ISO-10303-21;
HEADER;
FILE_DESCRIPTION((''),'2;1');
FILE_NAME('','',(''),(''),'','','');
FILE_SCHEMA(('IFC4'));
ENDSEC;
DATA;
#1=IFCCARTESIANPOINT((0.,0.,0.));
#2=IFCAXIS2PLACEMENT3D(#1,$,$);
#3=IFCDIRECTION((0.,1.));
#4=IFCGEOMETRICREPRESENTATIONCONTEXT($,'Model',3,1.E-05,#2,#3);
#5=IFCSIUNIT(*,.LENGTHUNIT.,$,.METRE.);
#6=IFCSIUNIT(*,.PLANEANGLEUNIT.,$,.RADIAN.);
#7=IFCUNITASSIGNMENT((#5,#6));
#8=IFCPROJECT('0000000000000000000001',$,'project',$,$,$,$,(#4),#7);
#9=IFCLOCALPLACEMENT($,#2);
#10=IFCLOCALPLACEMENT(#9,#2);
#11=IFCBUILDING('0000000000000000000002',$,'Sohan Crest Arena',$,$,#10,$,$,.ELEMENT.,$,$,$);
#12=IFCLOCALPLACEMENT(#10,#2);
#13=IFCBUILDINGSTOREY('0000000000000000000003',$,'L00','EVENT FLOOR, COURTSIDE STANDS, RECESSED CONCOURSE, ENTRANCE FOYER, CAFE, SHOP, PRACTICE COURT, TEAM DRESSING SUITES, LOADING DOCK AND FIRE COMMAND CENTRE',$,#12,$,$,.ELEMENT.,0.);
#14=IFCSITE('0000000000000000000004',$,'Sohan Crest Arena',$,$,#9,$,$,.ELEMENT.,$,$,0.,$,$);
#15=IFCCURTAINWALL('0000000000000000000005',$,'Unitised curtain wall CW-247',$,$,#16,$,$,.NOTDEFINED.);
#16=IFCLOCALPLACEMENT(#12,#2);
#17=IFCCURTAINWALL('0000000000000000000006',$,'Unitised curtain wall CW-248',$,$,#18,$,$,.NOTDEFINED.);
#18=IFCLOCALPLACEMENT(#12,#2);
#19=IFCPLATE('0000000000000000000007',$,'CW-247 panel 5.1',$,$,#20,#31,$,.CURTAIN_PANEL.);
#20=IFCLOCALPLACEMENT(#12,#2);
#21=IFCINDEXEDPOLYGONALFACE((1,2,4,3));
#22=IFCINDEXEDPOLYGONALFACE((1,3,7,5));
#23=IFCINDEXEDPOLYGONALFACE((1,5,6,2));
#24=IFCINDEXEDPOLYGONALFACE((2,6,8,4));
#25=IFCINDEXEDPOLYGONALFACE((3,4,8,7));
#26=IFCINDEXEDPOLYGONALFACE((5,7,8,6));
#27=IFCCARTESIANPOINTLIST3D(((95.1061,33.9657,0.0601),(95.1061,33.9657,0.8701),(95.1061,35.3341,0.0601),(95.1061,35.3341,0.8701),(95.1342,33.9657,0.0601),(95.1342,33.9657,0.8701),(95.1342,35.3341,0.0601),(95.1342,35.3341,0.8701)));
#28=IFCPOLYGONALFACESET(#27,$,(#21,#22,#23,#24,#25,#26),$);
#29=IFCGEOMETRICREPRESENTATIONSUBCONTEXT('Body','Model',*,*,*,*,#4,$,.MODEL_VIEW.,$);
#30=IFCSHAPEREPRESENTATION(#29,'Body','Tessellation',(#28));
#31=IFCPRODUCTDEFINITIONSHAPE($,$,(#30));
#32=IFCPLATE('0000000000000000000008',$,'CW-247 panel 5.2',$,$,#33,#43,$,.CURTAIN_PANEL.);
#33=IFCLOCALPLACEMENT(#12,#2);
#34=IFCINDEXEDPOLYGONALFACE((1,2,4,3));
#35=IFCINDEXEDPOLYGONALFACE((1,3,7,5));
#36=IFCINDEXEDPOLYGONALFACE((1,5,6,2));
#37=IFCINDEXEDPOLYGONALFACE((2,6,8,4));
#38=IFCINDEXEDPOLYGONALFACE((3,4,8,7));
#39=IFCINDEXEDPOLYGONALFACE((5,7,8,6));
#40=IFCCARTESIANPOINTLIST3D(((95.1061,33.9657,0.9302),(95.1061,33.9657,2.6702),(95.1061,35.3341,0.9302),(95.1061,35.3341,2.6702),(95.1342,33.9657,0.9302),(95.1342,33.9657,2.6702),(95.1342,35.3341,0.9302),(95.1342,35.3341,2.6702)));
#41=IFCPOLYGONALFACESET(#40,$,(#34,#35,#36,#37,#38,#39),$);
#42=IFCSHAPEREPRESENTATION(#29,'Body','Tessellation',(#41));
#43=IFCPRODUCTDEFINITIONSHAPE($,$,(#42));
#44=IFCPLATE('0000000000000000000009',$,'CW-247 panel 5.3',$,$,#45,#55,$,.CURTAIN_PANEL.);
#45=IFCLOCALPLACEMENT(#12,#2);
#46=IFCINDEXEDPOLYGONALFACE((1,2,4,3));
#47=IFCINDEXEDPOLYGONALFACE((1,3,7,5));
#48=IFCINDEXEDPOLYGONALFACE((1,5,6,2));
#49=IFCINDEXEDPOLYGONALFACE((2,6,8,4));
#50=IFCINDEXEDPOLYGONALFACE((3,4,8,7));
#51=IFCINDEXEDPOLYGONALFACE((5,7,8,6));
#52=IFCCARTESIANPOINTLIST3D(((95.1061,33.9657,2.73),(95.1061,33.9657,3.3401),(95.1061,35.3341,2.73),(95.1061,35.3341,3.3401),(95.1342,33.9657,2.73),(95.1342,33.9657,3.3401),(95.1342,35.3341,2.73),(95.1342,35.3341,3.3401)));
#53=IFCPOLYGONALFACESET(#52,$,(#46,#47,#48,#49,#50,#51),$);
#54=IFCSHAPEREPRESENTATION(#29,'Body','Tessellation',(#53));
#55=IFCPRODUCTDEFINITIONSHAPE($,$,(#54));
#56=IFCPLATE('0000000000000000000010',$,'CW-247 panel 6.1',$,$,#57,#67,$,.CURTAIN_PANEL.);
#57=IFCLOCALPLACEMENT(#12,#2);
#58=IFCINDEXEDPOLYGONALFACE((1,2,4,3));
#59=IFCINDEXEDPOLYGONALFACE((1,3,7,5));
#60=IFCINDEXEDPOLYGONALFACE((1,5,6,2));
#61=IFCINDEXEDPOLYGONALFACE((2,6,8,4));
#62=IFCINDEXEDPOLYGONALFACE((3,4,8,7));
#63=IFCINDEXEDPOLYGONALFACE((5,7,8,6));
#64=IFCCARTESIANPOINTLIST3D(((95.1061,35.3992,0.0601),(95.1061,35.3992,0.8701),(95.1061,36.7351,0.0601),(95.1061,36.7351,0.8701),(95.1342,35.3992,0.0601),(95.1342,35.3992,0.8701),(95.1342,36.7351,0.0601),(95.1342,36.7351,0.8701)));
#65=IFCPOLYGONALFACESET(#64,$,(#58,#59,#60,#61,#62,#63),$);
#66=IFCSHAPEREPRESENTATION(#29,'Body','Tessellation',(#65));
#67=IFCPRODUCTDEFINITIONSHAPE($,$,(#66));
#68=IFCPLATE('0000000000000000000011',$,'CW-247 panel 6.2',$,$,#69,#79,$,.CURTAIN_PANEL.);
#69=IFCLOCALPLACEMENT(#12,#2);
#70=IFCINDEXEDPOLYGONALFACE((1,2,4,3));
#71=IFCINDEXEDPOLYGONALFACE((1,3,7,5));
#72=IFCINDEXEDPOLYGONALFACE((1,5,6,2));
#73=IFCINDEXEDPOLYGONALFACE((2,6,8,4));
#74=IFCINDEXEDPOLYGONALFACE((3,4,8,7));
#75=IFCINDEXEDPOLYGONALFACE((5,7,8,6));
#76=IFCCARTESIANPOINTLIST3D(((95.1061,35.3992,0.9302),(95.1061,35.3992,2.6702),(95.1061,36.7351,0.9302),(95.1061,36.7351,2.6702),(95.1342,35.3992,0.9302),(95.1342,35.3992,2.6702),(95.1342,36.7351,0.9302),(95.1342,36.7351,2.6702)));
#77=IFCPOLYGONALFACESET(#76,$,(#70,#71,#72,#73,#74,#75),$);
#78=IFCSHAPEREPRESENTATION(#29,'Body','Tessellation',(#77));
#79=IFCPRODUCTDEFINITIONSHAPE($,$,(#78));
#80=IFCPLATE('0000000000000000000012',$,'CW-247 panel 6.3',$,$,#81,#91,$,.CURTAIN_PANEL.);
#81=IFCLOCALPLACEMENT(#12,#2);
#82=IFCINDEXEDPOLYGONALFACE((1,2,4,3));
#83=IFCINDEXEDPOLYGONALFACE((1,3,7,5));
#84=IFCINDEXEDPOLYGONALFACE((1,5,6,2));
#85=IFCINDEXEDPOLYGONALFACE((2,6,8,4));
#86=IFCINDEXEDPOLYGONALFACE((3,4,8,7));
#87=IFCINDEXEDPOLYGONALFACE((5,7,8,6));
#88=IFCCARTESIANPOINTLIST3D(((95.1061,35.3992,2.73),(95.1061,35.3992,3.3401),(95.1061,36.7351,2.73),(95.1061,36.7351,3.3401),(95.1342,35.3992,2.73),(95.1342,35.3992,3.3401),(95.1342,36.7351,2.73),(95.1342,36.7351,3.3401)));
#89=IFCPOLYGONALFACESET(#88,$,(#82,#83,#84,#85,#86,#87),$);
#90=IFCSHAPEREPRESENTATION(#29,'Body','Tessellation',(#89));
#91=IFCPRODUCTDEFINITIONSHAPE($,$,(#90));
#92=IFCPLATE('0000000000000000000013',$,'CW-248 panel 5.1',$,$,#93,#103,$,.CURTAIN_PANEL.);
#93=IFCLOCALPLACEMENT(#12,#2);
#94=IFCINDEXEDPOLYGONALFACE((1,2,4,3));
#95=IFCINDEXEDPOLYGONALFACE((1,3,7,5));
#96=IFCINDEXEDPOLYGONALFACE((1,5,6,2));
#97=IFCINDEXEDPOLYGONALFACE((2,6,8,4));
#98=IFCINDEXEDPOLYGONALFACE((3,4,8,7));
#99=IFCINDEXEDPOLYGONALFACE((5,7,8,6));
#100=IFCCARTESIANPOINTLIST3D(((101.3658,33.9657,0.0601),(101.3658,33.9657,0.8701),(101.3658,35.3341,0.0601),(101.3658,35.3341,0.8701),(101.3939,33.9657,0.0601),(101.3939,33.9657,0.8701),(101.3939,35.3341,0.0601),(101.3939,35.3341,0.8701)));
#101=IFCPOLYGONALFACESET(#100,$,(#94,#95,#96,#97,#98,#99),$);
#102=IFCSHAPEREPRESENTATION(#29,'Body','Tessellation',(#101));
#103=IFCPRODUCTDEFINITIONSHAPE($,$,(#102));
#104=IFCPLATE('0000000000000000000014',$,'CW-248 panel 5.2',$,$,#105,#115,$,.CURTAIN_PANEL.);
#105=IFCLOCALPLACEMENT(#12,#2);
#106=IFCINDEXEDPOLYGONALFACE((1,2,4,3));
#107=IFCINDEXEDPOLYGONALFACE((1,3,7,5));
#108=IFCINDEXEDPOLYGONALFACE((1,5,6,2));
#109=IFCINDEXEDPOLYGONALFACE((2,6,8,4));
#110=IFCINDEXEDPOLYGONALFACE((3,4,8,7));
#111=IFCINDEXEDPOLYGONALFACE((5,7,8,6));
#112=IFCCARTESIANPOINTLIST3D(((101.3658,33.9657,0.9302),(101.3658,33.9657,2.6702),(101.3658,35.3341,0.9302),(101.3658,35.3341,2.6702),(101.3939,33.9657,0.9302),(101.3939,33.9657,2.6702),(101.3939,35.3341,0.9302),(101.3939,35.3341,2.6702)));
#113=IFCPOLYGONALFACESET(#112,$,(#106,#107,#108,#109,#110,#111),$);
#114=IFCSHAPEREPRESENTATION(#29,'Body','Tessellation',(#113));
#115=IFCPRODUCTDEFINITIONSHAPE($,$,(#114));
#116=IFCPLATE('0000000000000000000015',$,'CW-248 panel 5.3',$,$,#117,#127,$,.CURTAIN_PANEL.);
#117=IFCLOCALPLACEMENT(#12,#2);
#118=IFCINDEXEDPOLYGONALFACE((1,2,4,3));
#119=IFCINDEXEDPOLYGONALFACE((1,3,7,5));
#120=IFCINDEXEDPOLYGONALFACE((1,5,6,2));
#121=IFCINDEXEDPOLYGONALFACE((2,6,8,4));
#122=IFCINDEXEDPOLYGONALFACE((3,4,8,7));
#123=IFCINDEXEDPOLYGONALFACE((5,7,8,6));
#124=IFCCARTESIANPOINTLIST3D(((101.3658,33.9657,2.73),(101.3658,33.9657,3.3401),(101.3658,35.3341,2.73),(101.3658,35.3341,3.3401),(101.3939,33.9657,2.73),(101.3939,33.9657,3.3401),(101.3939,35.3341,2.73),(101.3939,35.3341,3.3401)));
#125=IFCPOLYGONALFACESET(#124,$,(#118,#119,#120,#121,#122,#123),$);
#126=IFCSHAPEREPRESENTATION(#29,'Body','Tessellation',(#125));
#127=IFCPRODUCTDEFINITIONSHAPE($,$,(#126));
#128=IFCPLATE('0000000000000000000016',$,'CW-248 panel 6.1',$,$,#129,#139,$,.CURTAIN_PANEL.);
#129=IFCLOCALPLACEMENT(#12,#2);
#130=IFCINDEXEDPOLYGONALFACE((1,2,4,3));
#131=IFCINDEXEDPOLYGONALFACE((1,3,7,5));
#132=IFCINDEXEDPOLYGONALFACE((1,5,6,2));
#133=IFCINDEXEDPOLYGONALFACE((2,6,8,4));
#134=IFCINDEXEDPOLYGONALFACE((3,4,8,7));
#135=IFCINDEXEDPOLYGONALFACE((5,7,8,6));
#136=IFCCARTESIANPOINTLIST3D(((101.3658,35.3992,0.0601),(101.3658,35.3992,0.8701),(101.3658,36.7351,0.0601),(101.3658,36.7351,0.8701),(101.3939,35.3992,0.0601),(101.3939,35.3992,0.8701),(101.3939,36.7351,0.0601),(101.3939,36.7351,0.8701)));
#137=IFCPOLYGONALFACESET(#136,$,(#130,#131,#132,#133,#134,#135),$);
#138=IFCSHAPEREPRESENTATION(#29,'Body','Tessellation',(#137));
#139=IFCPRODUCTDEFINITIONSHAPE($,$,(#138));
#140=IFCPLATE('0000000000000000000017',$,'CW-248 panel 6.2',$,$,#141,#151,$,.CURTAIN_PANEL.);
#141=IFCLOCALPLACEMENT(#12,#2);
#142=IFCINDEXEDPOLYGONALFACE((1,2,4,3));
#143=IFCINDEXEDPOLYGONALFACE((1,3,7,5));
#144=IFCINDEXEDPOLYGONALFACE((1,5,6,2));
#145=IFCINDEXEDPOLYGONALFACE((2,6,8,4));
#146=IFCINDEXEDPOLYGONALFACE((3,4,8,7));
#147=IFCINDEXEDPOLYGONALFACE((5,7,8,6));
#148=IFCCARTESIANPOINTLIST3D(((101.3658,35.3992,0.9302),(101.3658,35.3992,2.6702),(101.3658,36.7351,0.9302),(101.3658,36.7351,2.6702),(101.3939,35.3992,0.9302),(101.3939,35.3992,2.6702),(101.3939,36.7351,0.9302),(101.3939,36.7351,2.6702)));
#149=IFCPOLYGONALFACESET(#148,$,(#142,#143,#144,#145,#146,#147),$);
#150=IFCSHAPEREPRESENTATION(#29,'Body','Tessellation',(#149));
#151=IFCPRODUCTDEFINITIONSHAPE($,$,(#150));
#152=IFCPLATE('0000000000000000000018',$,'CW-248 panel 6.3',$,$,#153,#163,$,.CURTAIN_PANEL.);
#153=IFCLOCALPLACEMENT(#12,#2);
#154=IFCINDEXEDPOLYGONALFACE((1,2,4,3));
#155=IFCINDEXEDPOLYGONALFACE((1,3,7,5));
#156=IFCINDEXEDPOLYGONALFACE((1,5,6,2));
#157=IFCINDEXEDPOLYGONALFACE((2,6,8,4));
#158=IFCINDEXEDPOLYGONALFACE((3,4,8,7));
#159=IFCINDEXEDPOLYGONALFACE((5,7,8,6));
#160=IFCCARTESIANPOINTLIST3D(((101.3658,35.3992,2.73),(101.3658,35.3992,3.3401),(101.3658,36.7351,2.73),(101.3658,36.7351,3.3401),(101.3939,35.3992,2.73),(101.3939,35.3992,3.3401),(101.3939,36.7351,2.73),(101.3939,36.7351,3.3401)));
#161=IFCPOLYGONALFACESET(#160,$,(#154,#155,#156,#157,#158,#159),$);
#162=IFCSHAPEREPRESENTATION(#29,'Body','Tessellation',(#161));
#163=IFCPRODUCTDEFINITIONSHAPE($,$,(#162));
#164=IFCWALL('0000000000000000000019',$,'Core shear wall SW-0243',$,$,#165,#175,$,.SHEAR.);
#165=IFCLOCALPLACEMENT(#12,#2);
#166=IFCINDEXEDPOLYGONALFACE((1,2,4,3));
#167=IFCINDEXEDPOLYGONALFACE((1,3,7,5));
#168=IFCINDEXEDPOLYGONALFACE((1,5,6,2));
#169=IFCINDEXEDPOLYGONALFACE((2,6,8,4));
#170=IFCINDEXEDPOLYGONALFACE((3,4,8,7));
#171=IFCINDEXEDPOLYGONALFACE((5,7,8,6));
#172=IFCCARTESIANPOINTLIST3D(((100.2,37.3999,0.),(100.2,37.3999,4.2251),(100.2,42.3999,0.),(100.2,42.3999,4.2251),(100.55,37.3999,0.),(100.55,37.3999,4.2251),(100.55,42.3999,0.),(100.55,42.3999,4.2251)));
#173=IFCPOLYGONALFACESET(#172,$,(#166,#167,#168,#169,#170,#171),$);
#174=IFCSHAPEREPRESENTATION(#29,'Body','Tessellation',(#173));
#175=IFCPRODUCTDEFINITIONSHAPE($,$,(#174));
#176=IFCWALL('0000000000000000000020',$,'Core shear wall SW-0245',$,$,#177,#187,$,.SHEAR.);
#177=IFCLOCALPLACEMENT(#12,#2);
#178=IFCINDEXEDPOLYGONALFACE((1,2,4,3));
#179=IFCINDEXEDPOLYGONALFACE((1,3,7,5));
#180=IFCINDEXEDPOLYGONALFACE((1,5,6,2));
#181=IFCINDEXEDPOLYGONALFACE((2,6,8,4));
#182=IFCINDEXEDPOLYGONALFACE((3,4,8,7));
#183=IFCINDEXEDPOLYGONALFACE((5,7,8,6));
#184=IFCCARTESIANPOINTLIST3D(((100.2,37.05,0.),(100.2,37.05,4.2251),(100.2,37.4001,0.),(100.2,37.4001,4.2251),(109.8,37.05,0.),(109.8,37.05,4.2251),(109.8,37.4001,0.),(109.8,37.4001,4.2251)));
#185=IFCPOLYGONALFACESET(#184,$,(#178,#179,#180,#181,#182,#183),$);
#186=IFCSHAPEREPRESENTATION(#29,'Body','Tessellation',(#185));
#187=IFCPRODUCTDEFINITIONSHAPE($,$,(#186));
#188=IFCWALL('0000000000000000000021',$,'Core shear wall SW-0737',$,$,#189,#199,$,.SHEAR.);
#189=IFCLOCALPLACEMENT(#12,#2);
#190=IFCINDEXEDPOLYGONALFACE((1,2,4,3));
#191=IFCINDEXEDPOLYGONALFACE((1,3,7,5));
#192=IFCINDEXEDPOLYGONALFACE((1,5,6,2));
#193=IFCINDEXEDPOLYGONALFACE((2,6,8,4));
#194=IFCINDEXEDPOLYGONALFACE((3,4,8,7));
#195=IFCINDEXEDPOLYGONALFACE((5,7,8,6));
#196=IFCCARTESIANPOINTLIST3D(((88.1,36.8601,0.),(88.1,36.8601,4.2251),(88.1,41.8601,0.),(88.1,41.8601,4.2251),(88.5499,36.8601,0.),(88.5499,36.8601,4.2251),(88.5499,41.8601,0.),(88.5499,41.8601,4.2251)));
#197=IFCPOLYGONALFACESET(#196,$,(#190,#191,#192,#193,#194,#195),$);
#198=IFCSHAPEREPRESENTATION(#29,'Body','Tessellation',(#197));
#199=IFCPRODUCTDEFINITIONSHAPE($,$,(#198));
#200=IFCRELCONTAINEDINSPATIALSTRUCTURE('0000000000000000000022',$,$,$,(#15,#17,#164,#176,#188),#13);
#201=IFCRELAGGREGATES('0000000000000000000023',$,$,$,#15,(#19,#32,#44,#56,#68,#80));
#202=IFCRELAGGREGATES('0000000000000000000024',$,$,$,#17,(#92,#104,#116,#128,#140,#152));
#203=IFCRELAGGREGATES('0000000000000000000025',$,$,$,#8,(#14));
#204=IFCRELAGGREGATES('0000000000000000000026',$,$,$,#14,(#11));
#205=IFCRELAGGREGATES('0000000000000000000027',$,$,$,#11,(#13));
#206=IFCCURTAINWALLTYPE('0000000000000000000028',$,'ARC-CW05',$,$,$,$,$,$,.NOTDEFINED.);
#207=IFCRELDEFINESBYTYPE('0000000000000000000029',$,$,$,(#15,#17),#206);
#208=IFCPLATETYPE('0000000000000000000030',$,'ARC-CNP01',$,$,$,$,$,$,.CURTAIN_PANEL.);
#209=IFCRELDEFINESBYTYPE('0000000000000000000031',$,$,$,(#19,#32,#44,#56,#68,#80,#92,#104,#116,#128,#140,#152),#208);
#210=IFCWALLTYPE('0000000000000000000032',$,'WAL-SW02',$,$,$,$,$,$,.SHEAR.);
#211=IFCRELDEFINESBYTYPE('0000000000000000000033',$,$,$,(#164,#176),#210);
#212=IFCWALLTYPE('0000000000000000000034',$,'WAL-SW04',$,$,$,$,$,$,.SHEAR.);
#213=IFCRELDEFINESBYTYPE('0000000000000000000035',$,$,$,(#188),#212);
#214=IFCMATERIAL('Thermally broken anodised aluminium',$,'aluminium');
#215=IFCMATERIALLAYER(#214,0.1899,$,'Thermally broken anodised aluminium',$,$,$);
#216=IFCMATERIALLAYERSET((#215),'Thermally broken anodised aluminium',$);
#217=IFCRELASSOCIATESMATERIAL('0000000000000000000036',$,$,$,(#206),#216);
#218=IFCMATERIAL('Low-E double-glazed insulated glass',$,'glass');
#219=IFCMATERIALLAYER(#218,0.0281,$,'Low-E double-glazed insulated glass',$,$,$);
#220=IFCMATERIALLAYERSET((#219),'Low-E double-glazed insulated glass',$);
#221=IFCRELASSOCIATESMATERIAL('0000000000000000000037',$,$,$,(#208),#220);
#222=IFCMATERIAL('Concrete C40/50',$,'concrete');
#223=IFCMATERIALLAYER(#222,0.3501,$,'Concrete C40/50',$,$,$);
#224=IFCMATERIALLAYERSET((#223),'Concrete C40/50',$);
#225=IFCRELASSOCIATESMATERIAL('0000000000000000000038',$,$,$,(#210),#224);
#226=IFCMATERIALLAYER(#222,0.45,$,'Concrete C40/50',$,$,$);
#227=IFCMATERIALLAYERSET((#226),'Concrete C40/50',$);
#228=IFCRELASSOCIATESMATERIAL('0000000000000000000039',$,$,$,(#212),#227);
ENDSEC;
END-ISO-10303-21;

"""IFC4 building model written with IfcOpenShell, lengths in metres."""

from ifc_helpers import new_model, si_unit, direction, frame, frame_2d, origin, origin_2d, place, context, subcontext, project, spatial, rectangle, extrude, material, layer, layer_set, type_object, element, aggregate, save


model = new_model("IFC4")

# Units and contexts
model_context = context("Model", 3, precision=1e-05, world=origin(), true_north=direction((0.0, 1.0)))
body_context = subcontext(model_context, "Body", "Model", "MODEL_VIEW")
ifc_project = project(units=[si_unit("LENGTHUNIT", "METRE"), si_unit("PLANEANGLEUNIT", "RADIAN")], contexts=[model_context])

# Site, building, storey
site_placement = place(None, origin())
site = spatial("IfcSite", under=ifc_project, at=site_placement, Name="Sohan Crest Arena", CompositionType="ELEMENT", RefElevation=0.0)
building_placement = place(site_placement, origin())
building = spatial("IfcBuilding", under=site, at=building_placement, Name="Sohan Crest Arena", CompositionType="ELEMENT")
storey_placement = place(building_placement, origin())
storey = spatial("IfcBuildingStorey", under=building, at=storey_placement, Name="L00", Description="EVENT FLOOR, COURTSIDE STANDS, RECESSED CONCOURSE, ENTRANCE FOYER, CAFE, SHOP, PRACTICE COURT, TEAM DRESSING SUITES, LOADING DOCK AND FIRE COMMAND CENTRE", CompositionType="ELEMENT", Elevation=0.0)

# Curtain walls
ifc_material_1 = material(Name="Thermally broken anodised aluminium", Category="aluminium")
ifc_layer_1 = layer(ifc_material_1, 0.1899, Name="Thermally broken anodised aluminium")
ifc_layer_set_1 = layer_set([ifc_layer_1], Name="Thermally broken anodised aluminium")
curtain_wall_type = type_object("IfcCurtainWallType", Name="ARC-CW05", PredefinedType="NOTDEFINED", material=ifc_layer_set_1)
curtain_wall_1_placement = place(storey_placement, origin())
curtain_wall_1 = element("IfcCurtainWall", 1, at=curtain_wall_1_placement, inside=storey, type_object=curtain_wall_type, Name="Unitised curtain wall CW-247", PredefinedType="NOTDEFINED")
curtain_wall_2_placement = place(storey_placement, origin())
curtain_wall_2 = element("IfcCurtainWall", 2, at=curtain_wall_2_placement, inside=storey, type_object=curtain_wall_type, Name="Unitised curtain wall CW-248", PredefinedType="NOTDEFINED")

# Plates
ifc_material_2 = material(Name="Low-E double-glazed insulated glass", Category="glass")
ifc_layer_2 = layer(ifc_material_2, 0.0281, Name="Low-E double-glazed insulated glass")
ifc_layer_set_2 = layer_set([ifc_layer_2], Name="Low-E double-glazed insulated glass")
plate_type = type_object("IfcPlateType", Name="ARC-CNP01", PredefinedType="CURTAIN_PANEL", material=ifc_layer_set_2)
plate_1_placement = place(storey_placement, frame((95.1201, 34.6499, 0.0601), z_axis=(0.0, 0.0, 1.0), x_axis=(0.0, 1.0, 0.0)))
plate_1 = element("IfcPlate", 3, at=plate_1_placement, type_object=plate_type, Name="CW-247 panel 5.1", PredefinedType="CURTAIN_PANEL", context=body_context, shape_type="SweptSolid", body=[
    extrude(rectangle(XDim=1.3684, YDim=0.0281, at=origin_2d()), origin(), (0.0, 0.0, 1.0), 0.8101),
])
plate_2_placement = place(storey_placement, frame((95.1201, 34.6499, 0.9302), z_axis=(0.0, 0.0, 1.0), x_axis=(0.0, 1.0, 0.0)))
plate_2 = element("IfcPlate", 4, at=plate_2_placement, type_object=plate_type, Name="CW-247 panel 5.2", PredefinedType="CURTAIN_PANEL", context=body_context, shape_type="SweptSolid", body=[
    extrude(rectangle(XDim=1.3684, YDim=0.0281, at=origin_2d()), origin(), (0.0, 0.0, 1.0), 1.74),
])
plate_3_placement = place(storey_placement, frame((95.1201, 34.6499, 2.73), z_axis=(0.0, 0.0, 1.0), x_axis=(0.0, 1.0, 0.0)))
plate_3 = element("IfcPlate", 5, at=plate_3_placement, type_object=plate_type, Name="CW-247 panel 5.3", PredefinedType="CURTAIN_PANEL", context=body_context, shape_type="SweptSolid", body=[
    extrude(rectangle(XDim=1.3684, YDim=0.0281, at=origin_2d()), origin(), (0.0, 0.0, 1.0), 0.6101),
])
plate_4_placement = place(storey_placement, frame((95.1201, 36.0671, 0.0601), z_axis=(0.0, 0.0, 1.0), x_axis=(0.0, 1.0, 0.0)))
plate_4 = element("IfcPlate", 6, at=plate_4_placement, type_object=plate_type, Name="CW-247 panel 6.1", PredefinedType="CURTAIN_PANEL", context=body_context, shape_type="SweptSolid", body=[
    extrude(rectangle(XDim=1.3359, YDim=0.0281, at=origin_2d()), origin(), (0.0, 0.0, 1.0), 0.8101),
])
plate_5_placement = place(storey_placement, frame((95.1201, 36.0671, 0.9302), z_axis=(0.0, 0.0, 1.0), x_axis=(0.0, 1.0, 0.0)))
plate_5 = element("IfcPlate", 7, at=plate_5_placement, type_object=plate_type, Name="CW-247 panel 6.2", PredefinedType="CURTAIN_PANEL", context=body_context, shape_type="SweptSolid", body=[
    extrude(rectangle(XDim=1.3359, YDim=0.0281, at=origin_2d()), origin(), (0.0, 0.0, 1.0), 1.74),
])
plate_6_placement = place(storey_placement, frame((95.1201, 36.0671, 2.73), z_axis=(0.0, 0.0, 1.0), x_axis=(0.0, 1.0, 0.0)))
plate_6 = element("IfcPlate", 8, at=plate_6_placement, type_object=plate_type, Name="CW-247 panel 6.3", PredefinedType="CURTAIN_PANEL", context=body_context, shape_type="SweptSolid", body=[
    extrude(rectangle(XDim=1.3359, YDim=0.0281, at=origin_2d()), origin(), (0.0, 0.0, 1.0), 0.6101),
])
aggregate(curtain_wall_1, [plate_1, plate_2, plate_3, plate_4, plate_5, plate_6])
plate_7_placement = place(storey_placement, frame((101.3799, 34.6499, 0.0601), z_axis=(0.0, 0.0, 1.0), x_axis=(0.0, 1.0, 0.0)))
plate_7 = element("IfcPlate", 9, at=plate_7_placement, type_object=plate_type, Name="CW-248 panel 5.1", PredefinedType="CURTAIN_PANEL", context=body_context, shape_type="SweptSolid", body=[
    extrude(rectangle(XDim=1.3684, YDim=0.0281, at=origin_2d()), origin(), (0.0, 0.0, 1.0), 0.8101),
])
plate_8_placement = place(storey_placement, frame((101.3799, 34.6499, 0.9302), z_axis=(0.0, 0.0, 1.0), x_axis=(0.0, 1.0, 0.0)))
plate_8 = element("IfcPlate", 10, at=plate_8_placement, type_object=plate_type, Name="CW-248 panel 5.2", PredefinedType="CURTAIN_PANEL", context=body_context, shape_type="SweptSolid", body=[
    extrude(rectangle(XDim=1.3684, YDim=0.0281, at=origin_2d()), origin(), (0.0, 0.0, 1.0), 1.74),
])
plate_9_placement = place(storey_placement, frame((101.3799, 34.6499, 2.73), z_axis=(0.0, 0.0, 1.0), x_axis=(0.0, 1.0, 0.0)))
plate_9 = element("IfcPlate", 11, at=plate_9_placement, type_object=plate_type, Name="CW-248 panel 5.3", PredefinedType="CURTAIN_PANEL", context=body_context, shape_type="SweptSolid", body=[
    extrude(rectangle(XDim=1.3684, YDim=0.0281, at=origin_2d()), origin(), (0.0, 0.0, 1.0), 0.6101),
])
plate_10_placement = place(storey_placement, frame((101.3799, 36.0671, 0.0601), z_axis=(0.0, 0.0, 1.0), x_axis=(0.0, 1.0, 0.0)))
plate_10 = element("IfcPlate", 12, at=plate_10_placement, type_object=plate_type, Name="CW-248 panel 6.1", PredefinedType="CURTAIN_PANEL", context=body_context, shape_type="SweptSolid", body=[
    extrude(rectangle(XDim=1.3359, YDim=0.0281, at=origin_2d()), origin(), (0.0, 0.0, 1.0), 0.8101),
])
plate_11_placement = place(storey_placement, frame((101.3799, 36.0671, 0.9302), z_axis=(0.0, 0.0, 1.0), x_axis=(0.0, 1.0, 0.0)))
plate_11 = element("IfcPlate", 13, at=plate_11_placement, type_object=plate_type, Name="CW-248 panel 6.2", PredefinedType="CURTAIN_PANEL", context=body_context, shape_type="SweptSolid", body=[
    extrude(rectangle(XDim=1.3359, YDim=0.0281, at=origin_2d()), origin(), (0.0, 0.0, 1.0), 1.74),
])
plate_12_placement = place(storey_placement, frame((101.3799, 36.0671, 2.73), z_axis=(0.0, 0.0, 1.0), x_axis=(0.0, 1.0, 0.0)))
plate_12 = element("IfcPlate", 14, at=plate_12_placement, type_object=plate_type, Name="CW-248 panel 6.3", PredefinedType="CURTAIN_PANEL", context=body_context, shape_type="SweptSolid", body=[
    extrude(rectangle(XDim=1.3359, YDim=0.0281, at=origin_2d()), origin(), (0.0, 0.0, 1.0), 0.6101),
])
aggregate(curtain_wall_2, [plate_7, plate_8, plate_9, plate_10, plate_11, plate_12])

# Walls
ifc_material_3 = material(Name="Concrete C40/50", Category="concrete")
ifc_layer_3 = layer(ifc_material_3, 0.3501, Name="Concrete C40/50")
ifc_layer_set_3 = layer_set([ifc_layer_3], Name="Concrete C40/50")
wall_type_1 = type_object("IfcWallType", Name="WAL-SW02", PredefinedType="SHEAR", material=ifc_layer_set_3)
wall_1_placement = place(storey_placement, frame((100.375, 37.3999, 0.0), z_axis=(0.0, 0.0, 1.0), x_axis=(0.0, 1.0, 0.0)))
element("IfcWall", 15, at=wall_1_placement, inside=storey, type_object=wall_type_1, Name="Core shear wall SW-0243", PredefinedType="SHEAR", context=body_context, shape_type="SweptSolid", body=[
    extrude(rectangle(XDim=5.0, YDim=0.3501, at=frame_2d((2.5, 0.0))), origin(), (0.0, 0.0, 1.0), 4.2251),
])
wall_2_placement = place(storey_placement, frame((100.2, 37.2251, 0.0), z_axis=(0.0, 0.0, 1.0), x_axis=(1.0, 0.0, 0.0)))
element("IfcWall", 16, at=wall_2_placement, inside=storey, type_object=wall_type_1, Name="Core shear wall SW-0245", PredefinedType="SHEAR", context=body_context, shape_type="SweptSolid", body=[
    extrude(rectangle(XDim=9.6001, YDim=0.3501, at=frame_2d((4.8, 0.0))), origin(), (0.0, 0.0, 1.0), 4.2251),
])
ifc_layer_4 = layer(ifc_material_3, 0.45, Name="Concrete C40/50")
ifc_layer_set_4 = layer_set([ifc_layer_4], Name="Concrete C40/50")
wall_type_2 = type_object("IfcWallType", Name="WAL-SW04", PredefinedType="SHEAR", material=ifc_layer_set_4)
for number, where, z_axis, x_axis, name in (
    (17, (88.325, 36.8601, 0.0), (0.0, 0.0, 1.0), (0.0, 1.0, 0.0), "Core shear wall SW-0737"),
):
    element("IfcWall", number, at=place(storey_placement, frame(where, z_axis=z_axis, x_axis=x_axis)), inside=storey, type_object=wall_type_2, Name=name, PredefinedType="SHEAR", context=body_context, shape_type="SweptSolid", body=[
        extrude(rectangle(XDim=5.0, YDim=0.45, at=frame_2d((2.5, 0.0))), origin(), (0.0, 0.0, 1.0), 4.2251),
    ])

save(model, "model.ifc")
